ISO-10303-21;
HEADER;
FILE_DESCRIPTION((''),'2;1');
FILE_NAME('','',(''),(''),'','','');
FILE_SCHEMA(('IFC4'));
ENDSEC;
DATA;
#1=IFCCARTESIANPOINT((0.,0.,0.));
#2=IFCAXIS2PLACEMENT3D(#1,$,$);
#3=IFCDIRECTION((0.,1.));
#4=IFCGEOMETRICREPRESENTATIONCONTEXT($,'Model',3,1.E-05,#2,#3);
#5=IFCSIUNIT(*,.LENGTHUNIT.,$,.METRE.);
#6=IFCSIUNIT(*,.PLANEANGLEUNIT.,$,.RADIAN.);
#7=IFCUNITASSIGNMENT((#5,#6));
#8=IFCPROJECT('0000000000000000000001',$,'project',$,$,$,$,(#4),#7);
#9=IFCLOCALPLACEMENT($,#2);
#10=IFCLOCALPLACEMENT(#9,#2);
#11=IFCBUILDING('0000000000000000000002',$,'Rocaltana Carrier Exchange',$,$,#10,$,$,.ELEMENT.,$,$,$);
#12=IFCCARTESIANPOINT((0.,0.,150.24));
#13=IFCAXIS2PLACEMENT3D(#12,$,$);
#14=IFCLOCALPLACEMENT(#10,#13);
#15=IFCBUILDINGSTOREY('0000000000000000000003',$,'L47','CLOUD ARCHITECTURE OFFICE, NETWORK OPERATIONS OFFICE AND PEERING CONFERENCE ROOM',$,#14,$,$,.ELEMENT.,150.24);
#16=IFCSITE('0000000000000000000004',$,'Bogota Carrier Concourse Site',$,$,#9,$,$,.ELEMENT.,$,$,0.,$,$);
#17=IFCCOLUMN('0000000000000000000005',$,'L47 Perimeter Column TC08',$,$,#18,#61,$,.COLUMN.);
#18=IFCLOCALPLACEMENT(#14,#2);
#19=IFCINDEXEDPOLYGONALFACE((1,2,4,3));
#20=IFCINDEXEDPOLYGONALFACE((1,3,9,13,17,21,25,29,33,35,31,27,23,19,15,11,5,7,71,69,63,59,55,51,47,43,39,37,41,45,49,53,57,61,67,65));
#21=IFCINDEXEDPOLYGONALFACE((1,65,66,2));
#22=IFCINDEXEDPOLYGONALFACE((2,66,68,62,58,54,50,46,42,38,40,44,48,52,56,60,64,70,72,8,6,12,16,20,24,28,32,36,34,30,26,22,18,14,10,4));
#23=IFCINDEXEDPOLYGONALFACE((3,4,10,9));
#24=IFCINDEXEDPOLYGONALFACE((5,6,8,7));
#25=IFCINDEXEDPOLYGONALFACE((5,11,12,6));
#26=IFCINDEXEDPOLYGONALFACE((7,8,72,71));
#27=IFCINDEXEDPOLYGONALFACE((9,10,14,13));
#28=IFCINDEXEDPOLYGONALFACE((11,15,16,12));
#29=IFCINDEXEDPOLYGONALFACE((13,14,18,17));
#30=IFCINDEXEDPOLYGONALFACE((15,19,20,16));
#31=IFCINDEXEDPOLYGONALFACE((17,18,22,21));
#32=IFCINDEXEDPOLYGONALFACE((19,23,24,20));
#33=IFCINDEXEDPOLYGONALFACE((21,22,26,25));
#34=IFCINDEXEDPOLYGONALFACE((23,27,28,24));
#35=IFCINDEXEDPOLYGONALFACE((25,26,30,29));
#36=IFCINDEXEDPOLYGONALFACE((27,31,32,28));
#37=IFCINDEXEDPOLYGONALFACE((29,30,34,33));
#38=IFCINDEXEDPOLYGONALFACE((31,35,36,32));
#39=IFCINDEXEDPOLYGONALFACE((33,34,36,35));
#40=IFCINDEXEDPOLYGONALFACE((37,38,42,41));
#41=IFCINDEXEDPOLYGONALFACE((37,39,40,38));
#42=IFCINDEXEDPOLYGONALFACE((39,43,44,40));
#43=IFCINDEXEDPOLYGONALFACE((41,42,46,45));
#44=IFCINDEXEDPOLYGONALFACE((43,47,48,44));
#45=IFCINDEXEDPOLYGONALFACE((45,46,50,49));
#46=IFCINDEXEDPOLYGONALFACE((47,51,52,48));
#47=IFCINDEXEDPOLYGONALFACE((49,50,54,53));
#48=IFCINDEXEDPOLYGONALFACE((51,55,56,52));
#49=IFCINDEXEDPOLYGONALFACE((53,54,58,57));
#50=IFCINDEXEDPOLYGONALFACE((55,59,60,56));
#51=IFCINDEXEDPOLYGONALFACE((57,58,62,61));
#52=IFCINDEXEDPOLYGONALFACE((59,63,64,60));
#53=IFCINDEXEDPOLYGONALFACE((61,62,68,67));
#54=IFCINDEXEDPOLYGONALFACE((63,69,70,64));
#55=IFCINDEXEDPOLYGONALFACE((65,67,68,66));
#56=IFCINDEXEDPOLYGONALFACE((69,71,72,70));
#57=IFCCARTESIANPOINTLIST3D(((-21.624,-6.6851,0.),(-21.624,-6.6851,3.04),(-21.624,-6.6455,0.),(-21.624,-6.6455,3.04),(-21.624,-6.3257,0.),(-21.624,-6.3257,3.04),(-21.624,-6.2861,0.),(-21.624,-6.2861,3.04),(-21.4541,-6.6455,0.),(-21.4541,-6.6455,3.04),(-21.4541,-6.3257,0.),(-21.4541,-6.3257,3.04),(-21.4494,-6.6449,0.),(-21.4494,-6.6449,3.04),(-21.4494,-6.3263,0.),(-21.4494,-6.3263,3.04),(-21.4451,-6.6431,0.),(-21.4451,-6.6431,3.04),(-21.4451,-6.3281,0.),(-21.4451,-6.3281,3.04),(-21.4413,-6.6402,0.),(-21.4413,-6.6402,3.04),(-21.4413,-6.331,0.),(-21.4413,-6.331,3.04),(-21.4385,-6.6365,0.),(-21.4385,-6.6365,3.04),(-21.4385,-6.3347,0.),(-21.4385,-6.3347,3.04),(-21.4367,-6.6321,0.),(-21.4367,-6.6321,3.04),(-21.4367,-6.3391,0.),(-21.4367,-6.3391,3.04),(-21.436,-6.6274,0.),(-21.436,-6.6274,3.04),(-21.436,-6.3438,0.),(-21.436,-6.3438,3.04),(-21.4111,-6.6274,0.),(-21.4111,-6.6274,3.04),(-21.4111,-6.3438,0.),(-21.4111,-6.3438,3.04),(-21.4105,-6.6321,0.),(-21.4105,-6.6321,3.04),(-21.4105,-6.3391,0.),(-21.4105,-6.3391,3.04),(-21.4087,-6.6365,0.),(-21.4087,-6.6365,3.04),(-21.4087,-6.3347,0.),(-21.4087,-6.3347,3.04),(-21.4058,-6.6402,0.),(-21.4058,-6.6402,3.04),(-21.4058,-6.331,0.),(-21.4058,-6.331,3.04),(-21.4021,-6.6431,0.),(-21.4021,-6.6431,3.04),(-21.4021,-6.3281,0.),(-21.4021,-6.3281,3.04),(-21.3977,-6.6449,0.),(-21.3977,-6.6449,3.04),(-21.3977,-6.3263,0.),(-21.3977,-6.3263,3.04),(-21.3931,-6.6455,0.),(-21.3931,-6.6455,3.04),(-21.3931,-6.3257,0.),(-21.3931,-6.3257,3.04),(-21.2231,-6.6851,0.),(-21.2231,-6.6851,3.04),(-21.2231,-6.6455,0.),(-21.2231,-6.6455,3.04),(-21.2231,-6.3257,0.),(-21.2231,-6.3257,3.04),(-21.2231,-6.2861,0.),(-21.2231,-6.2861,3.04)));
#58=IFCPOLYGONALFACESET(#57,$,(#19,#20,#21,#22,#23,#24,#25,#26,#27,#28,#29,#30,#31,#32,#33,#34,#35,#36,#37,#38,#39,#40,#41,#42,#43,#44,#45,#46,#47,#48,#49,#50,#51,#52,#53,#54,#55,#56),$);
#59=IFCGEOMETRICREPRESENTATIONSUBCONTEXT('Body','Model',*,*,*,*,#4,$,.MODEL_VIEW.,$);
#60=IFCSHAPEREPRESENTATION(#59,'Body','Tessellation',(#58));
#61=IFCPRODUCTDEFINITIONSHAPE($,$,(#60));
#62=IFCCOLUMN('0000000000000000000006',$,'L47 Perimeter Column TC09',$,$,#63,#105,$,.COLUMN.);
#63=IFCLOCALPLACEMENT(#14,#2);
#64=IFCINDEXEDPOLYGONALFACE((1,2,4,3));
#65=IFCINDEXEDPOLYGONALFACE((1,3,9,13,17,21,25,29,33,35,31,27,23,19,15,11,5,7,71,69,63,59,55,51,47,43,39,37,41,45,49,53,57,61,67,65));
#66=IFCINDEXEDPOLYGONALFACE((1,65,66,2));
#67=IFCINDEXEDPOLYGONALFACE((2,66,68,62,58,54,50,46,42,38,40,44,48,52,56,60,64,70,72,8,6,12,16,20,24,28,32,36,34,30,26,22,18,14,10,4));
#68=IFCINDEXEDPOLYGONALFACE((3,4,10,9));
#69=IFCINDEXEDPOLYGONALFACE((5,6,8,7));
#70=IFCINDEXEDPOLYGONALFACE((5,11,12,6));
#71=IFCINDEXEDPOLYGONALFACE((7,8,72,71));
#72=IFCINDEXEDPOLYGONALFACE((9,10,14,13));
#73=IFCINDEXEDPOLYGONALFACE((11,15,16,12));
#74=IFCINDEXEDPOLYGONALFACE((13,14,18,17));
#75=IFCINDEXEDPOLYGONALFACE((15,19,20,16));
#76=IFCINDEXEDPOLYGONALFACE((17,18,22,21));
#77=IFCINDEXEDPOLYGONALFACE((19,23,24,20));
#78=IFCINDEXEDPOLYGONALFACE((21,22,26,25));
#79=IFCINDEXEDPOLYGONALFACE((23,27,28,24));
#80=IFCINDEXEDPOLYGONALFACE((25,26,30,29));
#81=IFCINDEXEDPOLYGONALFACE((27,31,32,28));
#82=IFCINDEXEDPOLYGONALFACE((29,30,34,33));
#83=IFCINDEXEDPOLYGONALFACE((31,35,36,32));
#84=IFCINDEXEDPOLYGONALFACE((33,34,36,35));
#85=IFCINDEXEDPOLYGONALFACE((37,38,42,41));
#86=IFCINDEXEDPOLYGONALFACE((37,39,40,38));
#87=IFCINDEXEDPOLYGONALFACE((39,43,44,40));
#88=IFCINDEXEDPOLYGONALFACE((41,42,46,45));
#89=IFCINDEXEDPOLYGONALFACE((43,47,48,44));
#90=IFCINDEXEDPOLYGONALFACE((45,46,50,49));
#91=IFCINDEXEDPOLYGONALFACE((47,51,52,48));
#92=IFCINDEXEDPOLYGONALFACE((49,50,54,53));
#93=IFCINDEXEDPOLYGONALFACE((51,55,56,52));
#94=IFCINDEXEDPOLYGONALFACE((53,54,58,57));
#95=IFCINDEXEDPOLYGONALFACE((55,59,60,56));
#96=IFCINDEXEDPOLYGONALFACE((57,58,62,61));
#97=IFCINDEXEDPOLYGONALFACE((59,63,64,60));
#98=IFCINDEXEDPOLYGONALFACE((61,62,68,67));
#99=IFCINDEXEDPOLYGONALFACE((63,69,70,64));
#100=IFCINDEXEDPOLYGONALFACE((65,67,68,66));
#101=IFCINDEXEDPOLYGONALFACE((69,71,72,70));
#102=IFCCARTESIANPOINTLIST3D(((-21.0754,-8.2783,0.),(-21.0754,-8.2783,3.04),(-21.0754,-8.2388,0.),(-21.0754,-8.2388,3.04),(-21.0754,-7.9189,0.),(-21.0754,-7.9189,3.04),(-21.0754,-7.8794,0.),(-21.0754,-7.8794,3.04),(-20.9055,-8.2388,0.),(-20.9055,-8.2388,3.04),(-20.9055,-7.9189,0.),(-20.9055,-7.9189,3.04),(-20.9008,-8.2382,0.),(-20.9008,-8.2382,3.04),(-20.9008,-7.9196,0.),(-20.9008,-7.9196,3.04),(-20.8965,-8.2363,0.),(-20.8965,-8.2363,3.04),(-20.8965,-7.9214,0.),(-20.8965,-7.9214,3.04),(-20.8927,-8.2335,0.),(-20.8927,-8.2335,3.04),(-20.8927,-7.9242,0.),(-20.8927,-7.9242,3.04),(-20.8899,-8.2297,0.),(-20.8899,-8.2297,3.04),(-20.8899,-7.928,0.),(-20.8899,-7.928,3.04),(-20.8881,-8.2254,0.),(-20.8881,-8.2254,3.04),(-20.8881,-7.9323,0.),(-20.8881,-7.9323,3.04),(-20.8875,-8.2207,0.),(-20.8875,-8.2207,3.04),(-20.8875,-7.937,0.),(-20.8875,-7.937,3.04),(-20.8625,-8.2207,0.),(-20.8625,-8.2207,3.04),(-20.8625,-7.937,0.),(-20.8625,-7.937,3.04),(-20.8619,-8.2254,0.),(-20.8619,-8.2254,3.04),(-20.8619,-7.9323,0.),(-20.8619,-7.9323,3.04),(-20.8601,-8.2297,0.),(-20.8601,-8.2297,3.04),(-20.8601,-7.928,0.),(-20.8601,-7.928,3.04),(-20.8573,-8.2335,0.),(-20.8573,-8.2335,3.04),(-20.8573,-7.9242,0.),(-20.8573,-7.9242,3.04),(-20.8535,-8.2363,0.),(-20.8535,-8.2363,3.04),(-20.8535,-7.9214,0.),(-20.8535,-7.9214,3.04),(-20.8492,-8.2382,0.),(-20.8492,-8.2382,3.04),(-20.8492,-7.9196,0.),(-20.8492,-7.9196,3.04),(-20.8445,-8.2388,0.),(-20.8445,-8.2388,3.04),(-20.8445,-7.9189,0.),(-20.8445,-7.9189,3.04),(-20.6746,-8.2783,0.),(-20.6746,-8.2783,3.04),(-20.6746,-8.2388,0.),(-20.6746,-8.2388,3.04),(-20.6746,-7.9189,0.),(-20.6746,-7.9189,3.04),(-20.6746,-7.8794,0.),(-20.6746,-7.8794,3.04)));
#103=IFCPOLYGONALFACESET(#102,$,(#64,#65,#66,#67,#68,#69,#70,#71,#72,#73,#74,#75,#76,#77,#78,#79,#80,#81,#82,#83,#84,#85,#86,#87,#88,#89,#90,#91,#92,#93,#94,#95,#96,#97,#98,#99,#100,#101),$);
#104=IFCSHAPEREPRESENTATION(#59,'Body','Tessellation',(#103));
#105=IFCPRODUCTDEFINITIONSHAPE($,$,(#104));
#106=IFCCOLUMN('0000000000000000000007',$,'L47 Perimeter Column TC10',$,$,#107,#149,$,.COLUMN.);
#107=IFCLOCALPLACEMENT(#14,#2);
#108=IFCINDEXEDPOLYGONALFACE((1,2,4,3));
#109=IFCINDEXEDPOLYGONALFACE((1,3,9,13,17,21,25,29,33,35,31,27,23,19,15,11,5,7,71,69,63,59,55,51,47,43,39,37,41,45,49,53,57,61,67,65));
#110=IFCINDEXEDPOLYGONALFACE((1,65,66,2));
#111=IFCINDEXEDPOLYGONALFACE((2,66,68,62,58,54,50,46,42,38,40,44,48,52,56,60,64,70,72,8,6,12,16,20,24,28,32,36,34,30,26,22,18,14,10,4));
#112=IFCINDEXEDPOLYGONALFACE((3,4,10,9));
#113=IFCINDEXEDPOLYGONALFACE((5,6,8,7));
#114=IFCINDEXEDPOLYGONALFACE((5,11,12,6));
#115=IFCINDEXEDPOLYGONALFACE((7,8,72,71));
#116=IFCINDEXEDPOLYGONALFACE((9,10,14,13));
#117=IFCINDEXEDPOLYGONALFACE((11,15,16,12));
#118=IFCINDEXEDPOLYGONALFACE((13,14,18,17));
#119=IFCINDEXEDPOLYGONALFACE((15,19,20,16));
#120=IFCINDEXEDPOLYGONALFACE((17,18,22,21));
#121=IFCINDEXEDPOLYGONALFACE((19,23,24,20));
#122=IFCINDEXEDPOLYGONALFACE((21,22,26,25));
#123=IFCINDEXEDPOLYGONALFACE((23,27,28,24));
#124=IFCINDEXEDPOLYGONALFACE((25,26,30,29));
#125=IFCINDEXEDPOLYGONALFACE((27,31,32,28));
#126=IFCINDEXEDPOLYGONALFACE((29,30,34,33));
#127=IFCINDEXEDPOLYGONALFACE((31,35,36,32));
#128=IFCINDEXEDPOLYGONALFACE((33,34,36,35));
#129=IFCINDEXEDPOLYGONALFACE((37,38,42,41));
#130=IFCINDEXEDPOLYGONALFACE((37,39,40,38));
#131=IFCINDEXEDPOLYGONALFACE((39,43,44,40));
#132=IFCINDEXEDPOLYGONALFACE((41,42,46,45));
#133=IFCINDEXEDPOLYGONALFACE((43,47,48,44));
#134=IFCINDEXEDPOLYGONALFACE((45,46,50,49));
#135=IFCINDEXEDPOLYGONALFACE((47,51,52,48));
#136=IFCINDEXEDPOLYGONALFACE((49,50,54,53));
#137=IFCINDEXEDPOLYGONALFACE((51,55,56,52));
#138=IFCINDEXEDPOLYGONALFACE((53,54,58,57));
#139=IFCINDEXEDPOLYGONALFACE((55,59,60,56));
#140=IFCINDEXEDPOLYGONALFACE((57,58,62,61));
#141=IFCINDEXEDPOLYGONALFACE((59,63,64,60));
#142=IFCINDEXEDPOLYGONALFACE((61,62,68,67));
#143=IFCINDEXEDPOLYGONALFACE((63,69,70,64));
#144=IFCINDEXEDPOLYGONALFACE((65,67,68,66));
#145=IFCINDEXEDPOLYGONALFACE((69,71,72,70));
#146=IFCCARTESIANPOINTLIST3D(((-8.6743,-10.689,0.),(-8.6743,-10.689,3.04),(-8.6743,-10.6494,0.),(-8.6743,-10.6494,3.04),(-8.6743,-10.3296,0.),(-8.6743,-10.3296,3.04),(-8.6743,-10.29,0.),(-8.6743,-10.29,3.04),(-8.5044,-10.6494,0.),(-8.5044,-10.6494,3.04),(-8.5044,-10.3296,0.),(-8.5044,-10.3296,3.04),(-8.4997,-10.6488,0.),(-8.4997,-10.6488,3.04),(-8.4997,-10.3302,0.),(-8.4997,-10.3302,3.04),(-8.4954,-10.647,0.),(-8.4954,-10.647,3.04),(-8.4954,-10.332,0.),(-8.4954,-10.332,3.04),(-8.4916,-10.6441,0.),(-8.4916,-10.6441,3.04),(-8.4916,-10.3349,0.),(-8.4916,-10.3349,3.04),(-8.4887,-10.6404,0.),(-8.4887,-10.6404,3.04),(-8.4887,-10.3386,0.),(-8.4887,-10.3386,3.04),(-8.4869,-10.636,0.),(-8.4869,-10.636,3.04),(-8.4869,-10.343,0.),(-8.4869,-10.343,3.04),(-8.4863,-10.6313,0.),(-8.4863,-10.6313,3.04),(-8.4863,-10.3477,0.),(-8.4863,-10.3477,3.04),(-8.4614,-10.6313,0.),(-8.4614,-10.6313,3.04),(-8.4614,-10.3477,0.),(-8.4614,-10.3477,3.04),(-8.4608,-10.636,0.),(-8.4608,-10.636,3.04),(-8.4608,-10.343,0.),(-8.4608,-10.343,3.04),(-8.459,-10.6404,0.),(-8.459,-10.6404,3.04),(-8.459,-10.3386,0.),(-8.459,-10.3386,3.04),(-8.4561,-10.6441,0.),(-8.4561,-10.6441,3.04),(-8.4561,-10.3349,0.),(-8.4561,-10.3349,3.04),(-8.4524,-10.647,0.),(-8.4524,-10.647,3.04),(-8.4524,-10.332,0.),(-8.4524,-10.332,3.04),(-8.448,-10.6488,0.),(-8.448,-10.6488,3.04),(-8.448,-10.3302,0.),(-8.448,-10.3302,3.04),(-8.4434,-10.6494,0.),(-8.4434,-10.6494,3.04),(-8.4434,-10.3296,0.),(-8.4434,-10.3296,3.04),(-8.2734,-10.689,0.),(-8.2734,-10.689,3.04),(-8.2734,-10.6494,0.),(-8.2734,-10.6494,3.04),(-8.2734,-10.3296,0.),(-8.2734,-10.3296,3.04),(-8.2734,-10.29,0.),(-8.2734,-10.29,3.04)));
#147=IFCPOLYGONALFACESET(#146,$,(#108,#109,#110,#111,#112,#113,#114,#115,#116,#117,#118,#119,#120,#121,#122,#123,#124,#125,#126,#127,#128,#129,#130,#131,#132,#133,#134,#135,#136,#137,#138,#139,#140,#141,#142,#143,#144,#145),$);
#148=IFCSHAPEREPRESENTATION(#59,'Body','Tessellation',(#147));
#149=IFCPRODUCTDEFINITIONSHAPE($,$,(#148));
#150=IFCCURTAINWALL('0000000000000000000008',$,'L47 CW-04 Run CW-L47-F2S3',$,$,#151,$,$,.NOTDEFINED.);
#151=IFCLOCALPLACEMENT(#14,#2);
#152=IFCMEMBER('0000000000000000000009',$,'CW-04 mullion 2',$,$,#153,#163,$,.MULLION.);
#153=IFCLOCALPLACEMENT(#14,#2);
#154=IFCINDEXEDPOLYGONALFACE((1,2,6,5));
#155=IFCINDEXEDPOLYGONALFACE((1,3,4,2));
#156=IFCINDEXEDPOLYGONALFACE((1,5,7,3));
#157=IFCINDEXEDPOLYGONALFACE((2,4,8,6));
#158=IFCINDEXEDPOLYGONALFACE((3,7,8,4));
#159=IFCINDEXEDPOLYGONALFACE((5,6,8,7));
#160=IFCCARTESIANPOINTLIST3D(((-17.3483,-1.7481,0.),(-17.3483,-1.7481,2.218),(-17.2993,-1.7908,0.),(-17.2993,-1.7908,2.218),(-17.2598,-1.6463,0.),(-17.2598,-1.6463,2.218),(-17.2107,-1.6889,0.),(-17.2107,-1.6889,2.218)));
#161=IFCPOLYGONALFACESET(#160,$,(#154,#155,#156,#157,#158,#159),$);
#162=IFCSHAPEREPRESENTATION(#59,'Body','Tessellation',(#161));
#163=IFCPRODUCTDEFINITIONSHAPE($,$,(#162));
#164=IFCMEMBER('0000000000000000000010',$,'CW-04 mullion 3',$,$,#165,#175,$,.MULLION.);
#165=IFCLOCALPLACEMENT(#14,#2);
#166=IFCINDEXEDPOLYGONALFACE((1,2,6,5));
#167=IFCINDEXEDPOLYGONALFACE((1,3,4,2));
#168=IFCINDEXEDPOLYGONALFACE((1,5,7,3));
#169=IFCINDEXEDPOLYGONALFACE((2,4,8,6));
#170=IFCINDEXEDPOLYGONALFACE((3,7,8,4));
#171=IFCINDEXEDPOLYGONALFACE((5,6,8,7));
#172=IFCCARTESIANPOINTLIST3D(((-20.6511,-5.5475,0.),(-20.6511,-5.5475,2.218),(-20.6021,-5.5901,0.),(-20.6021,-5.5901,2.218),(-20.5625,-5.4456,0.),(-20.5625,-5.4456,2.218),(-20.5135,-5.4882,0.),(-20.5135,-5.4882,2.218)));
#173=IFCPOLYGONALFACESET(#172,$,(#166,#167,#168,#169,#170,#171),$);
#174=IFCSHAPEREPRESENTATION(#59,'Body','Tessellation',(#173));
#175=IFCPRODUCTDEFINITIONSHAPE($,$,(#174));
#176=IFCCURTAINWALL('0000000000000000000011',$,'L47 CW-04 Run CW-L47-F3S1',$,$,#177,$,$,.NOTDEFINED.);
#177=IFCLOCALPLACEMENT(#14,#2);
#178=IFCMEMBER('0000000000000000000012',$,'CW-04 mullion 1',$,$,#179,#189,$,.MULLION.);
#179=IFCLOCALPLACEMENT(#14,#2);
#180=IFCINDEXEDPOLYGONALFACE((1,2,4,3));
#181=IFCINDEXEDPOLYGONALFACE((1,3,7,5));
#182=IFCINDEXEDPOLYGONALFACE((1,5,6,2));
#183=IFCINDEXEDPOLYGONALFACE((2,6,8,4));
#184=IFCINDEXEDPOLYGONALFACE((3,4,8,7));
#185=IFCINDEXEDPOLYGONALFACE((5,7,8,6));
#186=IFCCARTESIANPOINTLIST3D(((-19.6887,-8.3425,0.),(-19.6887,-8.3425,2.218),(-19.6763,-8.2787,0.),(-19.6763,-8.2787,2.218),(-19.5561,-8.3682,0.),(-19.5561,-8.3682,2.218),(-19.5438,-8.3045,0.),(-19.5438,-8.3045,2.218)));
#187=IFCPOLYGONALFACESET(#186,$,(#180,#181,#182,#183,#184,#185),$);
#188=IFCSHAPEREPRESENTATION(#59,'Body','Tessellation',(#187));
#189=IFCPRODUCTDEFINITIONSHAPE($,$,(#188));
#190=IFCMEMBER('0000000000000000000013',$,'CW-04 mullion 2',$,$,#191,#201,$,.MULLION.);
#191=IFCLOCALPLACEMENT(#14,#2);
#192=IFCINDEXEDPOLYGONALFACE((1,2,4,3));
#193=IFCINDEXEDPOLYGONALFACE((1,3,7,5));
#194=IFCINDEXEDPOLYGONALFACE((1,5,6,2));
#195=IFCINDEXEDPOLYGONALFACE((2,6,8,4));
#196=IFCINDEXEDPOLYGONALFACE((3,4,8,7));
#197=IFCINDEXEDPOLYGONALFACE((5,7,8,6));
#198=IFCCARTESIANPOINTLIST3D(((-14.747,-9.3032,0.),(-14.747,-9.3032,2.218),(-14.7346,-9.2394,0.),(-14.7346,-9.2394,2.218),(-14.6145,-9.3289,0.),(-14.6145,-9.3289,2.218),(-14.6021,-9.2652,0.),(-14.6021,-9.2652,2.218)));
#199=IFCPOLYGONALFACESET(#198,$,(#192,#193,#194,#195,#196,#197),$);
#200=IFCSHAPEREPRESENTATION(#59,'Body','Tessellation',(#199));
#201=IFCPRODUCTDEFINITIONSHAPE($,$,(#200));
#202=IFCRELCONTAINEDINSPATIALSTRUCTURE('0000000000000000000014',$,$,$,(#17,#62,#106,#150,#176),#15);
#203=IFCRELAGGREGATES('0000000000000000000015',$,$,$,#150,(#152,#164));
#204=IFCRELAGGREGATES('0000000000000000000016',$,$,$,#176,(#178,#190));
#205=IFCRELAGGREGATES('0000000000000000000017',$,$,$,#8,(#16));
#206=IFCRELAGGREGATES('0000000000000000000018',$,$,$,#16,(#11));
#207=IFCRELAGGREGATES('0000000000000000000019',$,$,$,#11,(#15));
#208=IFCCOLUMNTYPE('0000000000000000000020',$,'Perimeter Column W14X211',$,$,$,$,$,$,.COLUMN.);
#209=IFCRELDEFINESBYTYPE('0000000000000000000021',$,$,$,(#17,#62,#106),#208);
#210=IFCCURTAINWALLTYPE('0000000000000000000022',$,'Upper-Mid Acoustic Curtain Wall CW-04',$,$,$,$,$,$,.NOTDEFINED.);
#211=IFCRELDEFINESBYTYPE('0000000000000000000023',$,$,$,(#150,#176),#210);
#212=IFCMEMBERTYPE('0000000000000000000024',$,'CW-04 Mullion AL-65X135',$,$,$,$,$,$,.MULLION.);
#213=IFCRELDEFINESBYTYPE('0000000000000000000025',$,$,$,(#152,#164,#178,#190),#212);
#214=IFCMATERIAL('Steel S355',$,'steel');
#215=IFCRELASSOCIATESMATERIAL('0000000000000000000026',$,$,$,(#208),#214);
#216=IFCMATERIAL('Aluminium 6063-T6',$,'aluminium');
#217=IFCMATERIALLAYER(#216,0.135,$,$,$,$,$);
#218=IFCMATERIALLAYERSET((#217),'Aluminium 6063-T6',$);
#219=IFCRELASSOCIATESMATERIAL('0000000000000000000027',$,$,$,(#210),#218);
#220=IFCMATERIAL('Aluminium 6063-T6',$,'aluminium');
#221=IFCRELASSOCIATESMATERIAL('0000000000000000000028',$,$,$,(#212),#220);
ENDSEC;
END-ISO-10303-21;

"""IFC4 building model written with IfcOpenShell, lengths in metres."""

from ifc_helpers import new_model, si_unit, direction, frame, origin, origin_2d, place, context, subcontext, project, spatial, rectangle, i_section, extrude, material, layer, layer_set, material_profile, profile_set, type_object, element, aggregate, save


model = new_model("IFC4")

# Units and contexts
model_context = context("Model", 3, precision=1e-05, world=origin(), true_north=direction((0.0, 1.0)))
body_context = subcontext(model_context, "Body", "Model", "MODEL_VIEW")
ifc_project = project(units=[si_unit("LENGTHUNIT", "METRE"), si_unit("PLANEANGLEUNIT", "RADIAN")], contexts=[model_context])

# Site, building, storey
site_placement = place(None, origin())
site = spatial("IfcSite", under=ifc_project, at=site_placement, Name="Bogota Carrier Concourse Site", CompositionType="ELEMENT", RefElevation=0.0)
building_placement = place(site_placement, origin())
building = spatial("IfcBuilding", under=site, at=building_placement, Name="Rocaltana Carrier Exchange", CompositionType="ELEMENT")
storey_placement = place(building_placement, frame((0.0, 0.0, 150.24)))
storey = spatial("IfcBuildingStorey", under=building, at=storey_placement, Name="L47", Description="CLOUD ARCHITECTURE OFFICE, NETWORK OPERATIONS OFFICE AND PEERING CONFERENCE ROOM", CompositionType="ELEMENT", Elevation=150.24)

# Columns
ifc_material_1 = material(Name="Steel S355", Category="steel")
ifc_material_profile_1 = material_profile(ifc_material_1, i_section(OverallWidth=0.4009, OverallDepth=0.3989, WebThickness=0.0249, FlangeThickness=0.0396, FilletRadius=0.0181, at=origin_2d()), Name="W14X211")
ifc_profile_set_1 = profile_set([ifc_material_profile_1], Name="Steel S355")
column_type = type_object("IfcColumnType", Name="Perimeter Column W14X211", PredefinedType="COLUMN", material=ifc_profile_set_1)
for number, where, z_axis, x_axis, name in (
    (1, (-21.4236, -6.4856, 0.0), (0.0, 0.0, 1.0), (1.0, 0.0, 0.0), "L47 Perimeter Column TC08"),
    (2, (-20.875, -8.0789, 0.0), (0.0, 0.0, 1.0), (1.0, 0.0, 0.0), "L47 Perimeter Column TC09"),
    (3, (-8.4739, -10.4895, 0.0), (0.0, 0.0, 1.0), (1.0, 0.0, 0.0), "L47 Perimeter Column TC10"),
):
    element("IfcColumn", number, at=place(storey_placement, frame(where, z_axis=z_axis, x_axis=x_axis)), inside=storey, type_object=column_type, Name=name, PredefinedType="COLUMN", context=body_context, shape_type="SweptSolid", body=[
        extrude(i_section(OverallWidth=0.4009, OverallDepth=0.3989, WebThickness=0.0249, FlangeThickness=0.0396, FilletRadius=0.0181, at=origin_2d()), origin(), (0.0, 0.0, 1.0), 3.04),
    ])

# Curtain walls, members
ifc_material_2 = material(Name="Aluminium 6063-T6", Category="aluminium")
ifc_layer_1 = layer(ifc_material_2, 0.135)
ifc_layer_set_1 = layer_set([ifc_layer_1], Name="Aluminium 6063-T6")
curtain_wall_type = type_object("IfcCurtainWallType", Name="Upper-Mid Acoustic Curtain Wall CW-04", PredefinedType="NOTDEFINED", material=ifc_layer_set_1)
curtain_wall_1_placement = place(storey_placement, origin())
curtain_wall_1 = element("IfcCurtainWall", 4, at=curtain_wall_1_placement, inside=storey, type_object=curtain_wall_type, Name="L47 CW-04 Run CW-L47-F2S3", PredefinedType="NOTDEFINED")
ifc_material_3 = material(Name="Aluminium 6063-T6", Category="aluminium")
ifc_material_profile_2 = material_profile(ifc_material_3, rectangle(XDim=0.0649, YDim=0.135, at=origin_2d()), Name="AL-65X135")
ifc_profile_set_2 = profile_set([ifc_material_profile_2], Name="Aluminium 6063-T6")
member_type_1 = type_object("IfcMemberType", Name="CW-04 Mullion AL-65X135", PredefinedType="MULLION", material=ifc_profile_set_2)
member_1_placement = place(storey_placement, frame((-17.2795, -1.7185, 0.0), z_axis=(0.0, 0.0, 1.0), x_axis=(0.754712, -0.656057, 0.0)))
member_1 = element("IfcMember", 5, at=member_1_placement, type_object=member_type_1, Name="CW-04 mullion 2", PredefinedType="MULLION", context=body_context, shape_type="SweptSolid", body=[
    extrude(rectangle(XDim=0.0649, YDim=0.135, at=origin_2d()), origin(), (0.0, 0.0, 1.0), 2.218),
])
member_2_placement = place(storey_placement, frame((-20.5823, -5.5178, 0.0), z_axis=(0.0, 0.0, 1.0), x_axis=(0.754712, -0.656057, 0.0)))
member_2 = element("IfcMember", 6, at=member_2_placement, type_object=member_type_1, Name="CW-04 mullion 3", PredefinedType="MULLION", context=body_context, shape_type="SweptSolid", body=[
    extrude(rectangle(XDim=0.0649, YDim=0.135, at=origin_2d()), origin(), (0.0, 0.0, 1.0), 2.218),
])
curtain_wall_2_placement = place(storey_placement, origin())
curtain_wall_2 = element("IfcCurtainWall", 7, at=curtain_wall_2_placement, inside=storey, type_object=curtain_wall_type, Name="L47 CW-04 Run CW-L47-F3S1", PredefinedType="NOTDEFINED")
member_3_placement = place(storey_placement, frame((-19.6162, -8.3235, 0.0), z_axis=(0.0, 0.0, 1.0), x_axis=(0.190803, 0.981628, 0.0)))
member_3 = element("IfcMember", 8, at=member_3_placement, type_object=member_type_1, Name="CW-04 mullion 1", PredefinedType="MULLION", context=body_context, shape_type="SweptSolid", body=[
    extrude(rectangle(XDim=0.0649, YDim=0.135, at=origin_2d()), origin(), (0.0, 0.0, 1.0), 2.218),
])
member_4_placement = place(storey_placement, frame((-14.6746, -9.2842, 0.0), z_axis=(0.0, 0.0, 1.0), x_axis=(0.190803, 0.981628, 0.0)))
member_4 = element("IfcMember", 9, at=member_4_placement, type_object=member_type_1, Name="CW-04 mullion 2", PredefinedType="MULLION", context=body_context, shape_type="SweptSolid", body=[
    extrude(rectangle(XDim=0.0649, YDim=0.135, at=origin_2d()), origin(), (0.0, 0.0, 1.0), 2.218),
])

aggregate(curtain_wall_1, [member_1, member_2])
aggregate(curtain_wall_2, [member_3, member_4])

save(model, "model.ifc")
